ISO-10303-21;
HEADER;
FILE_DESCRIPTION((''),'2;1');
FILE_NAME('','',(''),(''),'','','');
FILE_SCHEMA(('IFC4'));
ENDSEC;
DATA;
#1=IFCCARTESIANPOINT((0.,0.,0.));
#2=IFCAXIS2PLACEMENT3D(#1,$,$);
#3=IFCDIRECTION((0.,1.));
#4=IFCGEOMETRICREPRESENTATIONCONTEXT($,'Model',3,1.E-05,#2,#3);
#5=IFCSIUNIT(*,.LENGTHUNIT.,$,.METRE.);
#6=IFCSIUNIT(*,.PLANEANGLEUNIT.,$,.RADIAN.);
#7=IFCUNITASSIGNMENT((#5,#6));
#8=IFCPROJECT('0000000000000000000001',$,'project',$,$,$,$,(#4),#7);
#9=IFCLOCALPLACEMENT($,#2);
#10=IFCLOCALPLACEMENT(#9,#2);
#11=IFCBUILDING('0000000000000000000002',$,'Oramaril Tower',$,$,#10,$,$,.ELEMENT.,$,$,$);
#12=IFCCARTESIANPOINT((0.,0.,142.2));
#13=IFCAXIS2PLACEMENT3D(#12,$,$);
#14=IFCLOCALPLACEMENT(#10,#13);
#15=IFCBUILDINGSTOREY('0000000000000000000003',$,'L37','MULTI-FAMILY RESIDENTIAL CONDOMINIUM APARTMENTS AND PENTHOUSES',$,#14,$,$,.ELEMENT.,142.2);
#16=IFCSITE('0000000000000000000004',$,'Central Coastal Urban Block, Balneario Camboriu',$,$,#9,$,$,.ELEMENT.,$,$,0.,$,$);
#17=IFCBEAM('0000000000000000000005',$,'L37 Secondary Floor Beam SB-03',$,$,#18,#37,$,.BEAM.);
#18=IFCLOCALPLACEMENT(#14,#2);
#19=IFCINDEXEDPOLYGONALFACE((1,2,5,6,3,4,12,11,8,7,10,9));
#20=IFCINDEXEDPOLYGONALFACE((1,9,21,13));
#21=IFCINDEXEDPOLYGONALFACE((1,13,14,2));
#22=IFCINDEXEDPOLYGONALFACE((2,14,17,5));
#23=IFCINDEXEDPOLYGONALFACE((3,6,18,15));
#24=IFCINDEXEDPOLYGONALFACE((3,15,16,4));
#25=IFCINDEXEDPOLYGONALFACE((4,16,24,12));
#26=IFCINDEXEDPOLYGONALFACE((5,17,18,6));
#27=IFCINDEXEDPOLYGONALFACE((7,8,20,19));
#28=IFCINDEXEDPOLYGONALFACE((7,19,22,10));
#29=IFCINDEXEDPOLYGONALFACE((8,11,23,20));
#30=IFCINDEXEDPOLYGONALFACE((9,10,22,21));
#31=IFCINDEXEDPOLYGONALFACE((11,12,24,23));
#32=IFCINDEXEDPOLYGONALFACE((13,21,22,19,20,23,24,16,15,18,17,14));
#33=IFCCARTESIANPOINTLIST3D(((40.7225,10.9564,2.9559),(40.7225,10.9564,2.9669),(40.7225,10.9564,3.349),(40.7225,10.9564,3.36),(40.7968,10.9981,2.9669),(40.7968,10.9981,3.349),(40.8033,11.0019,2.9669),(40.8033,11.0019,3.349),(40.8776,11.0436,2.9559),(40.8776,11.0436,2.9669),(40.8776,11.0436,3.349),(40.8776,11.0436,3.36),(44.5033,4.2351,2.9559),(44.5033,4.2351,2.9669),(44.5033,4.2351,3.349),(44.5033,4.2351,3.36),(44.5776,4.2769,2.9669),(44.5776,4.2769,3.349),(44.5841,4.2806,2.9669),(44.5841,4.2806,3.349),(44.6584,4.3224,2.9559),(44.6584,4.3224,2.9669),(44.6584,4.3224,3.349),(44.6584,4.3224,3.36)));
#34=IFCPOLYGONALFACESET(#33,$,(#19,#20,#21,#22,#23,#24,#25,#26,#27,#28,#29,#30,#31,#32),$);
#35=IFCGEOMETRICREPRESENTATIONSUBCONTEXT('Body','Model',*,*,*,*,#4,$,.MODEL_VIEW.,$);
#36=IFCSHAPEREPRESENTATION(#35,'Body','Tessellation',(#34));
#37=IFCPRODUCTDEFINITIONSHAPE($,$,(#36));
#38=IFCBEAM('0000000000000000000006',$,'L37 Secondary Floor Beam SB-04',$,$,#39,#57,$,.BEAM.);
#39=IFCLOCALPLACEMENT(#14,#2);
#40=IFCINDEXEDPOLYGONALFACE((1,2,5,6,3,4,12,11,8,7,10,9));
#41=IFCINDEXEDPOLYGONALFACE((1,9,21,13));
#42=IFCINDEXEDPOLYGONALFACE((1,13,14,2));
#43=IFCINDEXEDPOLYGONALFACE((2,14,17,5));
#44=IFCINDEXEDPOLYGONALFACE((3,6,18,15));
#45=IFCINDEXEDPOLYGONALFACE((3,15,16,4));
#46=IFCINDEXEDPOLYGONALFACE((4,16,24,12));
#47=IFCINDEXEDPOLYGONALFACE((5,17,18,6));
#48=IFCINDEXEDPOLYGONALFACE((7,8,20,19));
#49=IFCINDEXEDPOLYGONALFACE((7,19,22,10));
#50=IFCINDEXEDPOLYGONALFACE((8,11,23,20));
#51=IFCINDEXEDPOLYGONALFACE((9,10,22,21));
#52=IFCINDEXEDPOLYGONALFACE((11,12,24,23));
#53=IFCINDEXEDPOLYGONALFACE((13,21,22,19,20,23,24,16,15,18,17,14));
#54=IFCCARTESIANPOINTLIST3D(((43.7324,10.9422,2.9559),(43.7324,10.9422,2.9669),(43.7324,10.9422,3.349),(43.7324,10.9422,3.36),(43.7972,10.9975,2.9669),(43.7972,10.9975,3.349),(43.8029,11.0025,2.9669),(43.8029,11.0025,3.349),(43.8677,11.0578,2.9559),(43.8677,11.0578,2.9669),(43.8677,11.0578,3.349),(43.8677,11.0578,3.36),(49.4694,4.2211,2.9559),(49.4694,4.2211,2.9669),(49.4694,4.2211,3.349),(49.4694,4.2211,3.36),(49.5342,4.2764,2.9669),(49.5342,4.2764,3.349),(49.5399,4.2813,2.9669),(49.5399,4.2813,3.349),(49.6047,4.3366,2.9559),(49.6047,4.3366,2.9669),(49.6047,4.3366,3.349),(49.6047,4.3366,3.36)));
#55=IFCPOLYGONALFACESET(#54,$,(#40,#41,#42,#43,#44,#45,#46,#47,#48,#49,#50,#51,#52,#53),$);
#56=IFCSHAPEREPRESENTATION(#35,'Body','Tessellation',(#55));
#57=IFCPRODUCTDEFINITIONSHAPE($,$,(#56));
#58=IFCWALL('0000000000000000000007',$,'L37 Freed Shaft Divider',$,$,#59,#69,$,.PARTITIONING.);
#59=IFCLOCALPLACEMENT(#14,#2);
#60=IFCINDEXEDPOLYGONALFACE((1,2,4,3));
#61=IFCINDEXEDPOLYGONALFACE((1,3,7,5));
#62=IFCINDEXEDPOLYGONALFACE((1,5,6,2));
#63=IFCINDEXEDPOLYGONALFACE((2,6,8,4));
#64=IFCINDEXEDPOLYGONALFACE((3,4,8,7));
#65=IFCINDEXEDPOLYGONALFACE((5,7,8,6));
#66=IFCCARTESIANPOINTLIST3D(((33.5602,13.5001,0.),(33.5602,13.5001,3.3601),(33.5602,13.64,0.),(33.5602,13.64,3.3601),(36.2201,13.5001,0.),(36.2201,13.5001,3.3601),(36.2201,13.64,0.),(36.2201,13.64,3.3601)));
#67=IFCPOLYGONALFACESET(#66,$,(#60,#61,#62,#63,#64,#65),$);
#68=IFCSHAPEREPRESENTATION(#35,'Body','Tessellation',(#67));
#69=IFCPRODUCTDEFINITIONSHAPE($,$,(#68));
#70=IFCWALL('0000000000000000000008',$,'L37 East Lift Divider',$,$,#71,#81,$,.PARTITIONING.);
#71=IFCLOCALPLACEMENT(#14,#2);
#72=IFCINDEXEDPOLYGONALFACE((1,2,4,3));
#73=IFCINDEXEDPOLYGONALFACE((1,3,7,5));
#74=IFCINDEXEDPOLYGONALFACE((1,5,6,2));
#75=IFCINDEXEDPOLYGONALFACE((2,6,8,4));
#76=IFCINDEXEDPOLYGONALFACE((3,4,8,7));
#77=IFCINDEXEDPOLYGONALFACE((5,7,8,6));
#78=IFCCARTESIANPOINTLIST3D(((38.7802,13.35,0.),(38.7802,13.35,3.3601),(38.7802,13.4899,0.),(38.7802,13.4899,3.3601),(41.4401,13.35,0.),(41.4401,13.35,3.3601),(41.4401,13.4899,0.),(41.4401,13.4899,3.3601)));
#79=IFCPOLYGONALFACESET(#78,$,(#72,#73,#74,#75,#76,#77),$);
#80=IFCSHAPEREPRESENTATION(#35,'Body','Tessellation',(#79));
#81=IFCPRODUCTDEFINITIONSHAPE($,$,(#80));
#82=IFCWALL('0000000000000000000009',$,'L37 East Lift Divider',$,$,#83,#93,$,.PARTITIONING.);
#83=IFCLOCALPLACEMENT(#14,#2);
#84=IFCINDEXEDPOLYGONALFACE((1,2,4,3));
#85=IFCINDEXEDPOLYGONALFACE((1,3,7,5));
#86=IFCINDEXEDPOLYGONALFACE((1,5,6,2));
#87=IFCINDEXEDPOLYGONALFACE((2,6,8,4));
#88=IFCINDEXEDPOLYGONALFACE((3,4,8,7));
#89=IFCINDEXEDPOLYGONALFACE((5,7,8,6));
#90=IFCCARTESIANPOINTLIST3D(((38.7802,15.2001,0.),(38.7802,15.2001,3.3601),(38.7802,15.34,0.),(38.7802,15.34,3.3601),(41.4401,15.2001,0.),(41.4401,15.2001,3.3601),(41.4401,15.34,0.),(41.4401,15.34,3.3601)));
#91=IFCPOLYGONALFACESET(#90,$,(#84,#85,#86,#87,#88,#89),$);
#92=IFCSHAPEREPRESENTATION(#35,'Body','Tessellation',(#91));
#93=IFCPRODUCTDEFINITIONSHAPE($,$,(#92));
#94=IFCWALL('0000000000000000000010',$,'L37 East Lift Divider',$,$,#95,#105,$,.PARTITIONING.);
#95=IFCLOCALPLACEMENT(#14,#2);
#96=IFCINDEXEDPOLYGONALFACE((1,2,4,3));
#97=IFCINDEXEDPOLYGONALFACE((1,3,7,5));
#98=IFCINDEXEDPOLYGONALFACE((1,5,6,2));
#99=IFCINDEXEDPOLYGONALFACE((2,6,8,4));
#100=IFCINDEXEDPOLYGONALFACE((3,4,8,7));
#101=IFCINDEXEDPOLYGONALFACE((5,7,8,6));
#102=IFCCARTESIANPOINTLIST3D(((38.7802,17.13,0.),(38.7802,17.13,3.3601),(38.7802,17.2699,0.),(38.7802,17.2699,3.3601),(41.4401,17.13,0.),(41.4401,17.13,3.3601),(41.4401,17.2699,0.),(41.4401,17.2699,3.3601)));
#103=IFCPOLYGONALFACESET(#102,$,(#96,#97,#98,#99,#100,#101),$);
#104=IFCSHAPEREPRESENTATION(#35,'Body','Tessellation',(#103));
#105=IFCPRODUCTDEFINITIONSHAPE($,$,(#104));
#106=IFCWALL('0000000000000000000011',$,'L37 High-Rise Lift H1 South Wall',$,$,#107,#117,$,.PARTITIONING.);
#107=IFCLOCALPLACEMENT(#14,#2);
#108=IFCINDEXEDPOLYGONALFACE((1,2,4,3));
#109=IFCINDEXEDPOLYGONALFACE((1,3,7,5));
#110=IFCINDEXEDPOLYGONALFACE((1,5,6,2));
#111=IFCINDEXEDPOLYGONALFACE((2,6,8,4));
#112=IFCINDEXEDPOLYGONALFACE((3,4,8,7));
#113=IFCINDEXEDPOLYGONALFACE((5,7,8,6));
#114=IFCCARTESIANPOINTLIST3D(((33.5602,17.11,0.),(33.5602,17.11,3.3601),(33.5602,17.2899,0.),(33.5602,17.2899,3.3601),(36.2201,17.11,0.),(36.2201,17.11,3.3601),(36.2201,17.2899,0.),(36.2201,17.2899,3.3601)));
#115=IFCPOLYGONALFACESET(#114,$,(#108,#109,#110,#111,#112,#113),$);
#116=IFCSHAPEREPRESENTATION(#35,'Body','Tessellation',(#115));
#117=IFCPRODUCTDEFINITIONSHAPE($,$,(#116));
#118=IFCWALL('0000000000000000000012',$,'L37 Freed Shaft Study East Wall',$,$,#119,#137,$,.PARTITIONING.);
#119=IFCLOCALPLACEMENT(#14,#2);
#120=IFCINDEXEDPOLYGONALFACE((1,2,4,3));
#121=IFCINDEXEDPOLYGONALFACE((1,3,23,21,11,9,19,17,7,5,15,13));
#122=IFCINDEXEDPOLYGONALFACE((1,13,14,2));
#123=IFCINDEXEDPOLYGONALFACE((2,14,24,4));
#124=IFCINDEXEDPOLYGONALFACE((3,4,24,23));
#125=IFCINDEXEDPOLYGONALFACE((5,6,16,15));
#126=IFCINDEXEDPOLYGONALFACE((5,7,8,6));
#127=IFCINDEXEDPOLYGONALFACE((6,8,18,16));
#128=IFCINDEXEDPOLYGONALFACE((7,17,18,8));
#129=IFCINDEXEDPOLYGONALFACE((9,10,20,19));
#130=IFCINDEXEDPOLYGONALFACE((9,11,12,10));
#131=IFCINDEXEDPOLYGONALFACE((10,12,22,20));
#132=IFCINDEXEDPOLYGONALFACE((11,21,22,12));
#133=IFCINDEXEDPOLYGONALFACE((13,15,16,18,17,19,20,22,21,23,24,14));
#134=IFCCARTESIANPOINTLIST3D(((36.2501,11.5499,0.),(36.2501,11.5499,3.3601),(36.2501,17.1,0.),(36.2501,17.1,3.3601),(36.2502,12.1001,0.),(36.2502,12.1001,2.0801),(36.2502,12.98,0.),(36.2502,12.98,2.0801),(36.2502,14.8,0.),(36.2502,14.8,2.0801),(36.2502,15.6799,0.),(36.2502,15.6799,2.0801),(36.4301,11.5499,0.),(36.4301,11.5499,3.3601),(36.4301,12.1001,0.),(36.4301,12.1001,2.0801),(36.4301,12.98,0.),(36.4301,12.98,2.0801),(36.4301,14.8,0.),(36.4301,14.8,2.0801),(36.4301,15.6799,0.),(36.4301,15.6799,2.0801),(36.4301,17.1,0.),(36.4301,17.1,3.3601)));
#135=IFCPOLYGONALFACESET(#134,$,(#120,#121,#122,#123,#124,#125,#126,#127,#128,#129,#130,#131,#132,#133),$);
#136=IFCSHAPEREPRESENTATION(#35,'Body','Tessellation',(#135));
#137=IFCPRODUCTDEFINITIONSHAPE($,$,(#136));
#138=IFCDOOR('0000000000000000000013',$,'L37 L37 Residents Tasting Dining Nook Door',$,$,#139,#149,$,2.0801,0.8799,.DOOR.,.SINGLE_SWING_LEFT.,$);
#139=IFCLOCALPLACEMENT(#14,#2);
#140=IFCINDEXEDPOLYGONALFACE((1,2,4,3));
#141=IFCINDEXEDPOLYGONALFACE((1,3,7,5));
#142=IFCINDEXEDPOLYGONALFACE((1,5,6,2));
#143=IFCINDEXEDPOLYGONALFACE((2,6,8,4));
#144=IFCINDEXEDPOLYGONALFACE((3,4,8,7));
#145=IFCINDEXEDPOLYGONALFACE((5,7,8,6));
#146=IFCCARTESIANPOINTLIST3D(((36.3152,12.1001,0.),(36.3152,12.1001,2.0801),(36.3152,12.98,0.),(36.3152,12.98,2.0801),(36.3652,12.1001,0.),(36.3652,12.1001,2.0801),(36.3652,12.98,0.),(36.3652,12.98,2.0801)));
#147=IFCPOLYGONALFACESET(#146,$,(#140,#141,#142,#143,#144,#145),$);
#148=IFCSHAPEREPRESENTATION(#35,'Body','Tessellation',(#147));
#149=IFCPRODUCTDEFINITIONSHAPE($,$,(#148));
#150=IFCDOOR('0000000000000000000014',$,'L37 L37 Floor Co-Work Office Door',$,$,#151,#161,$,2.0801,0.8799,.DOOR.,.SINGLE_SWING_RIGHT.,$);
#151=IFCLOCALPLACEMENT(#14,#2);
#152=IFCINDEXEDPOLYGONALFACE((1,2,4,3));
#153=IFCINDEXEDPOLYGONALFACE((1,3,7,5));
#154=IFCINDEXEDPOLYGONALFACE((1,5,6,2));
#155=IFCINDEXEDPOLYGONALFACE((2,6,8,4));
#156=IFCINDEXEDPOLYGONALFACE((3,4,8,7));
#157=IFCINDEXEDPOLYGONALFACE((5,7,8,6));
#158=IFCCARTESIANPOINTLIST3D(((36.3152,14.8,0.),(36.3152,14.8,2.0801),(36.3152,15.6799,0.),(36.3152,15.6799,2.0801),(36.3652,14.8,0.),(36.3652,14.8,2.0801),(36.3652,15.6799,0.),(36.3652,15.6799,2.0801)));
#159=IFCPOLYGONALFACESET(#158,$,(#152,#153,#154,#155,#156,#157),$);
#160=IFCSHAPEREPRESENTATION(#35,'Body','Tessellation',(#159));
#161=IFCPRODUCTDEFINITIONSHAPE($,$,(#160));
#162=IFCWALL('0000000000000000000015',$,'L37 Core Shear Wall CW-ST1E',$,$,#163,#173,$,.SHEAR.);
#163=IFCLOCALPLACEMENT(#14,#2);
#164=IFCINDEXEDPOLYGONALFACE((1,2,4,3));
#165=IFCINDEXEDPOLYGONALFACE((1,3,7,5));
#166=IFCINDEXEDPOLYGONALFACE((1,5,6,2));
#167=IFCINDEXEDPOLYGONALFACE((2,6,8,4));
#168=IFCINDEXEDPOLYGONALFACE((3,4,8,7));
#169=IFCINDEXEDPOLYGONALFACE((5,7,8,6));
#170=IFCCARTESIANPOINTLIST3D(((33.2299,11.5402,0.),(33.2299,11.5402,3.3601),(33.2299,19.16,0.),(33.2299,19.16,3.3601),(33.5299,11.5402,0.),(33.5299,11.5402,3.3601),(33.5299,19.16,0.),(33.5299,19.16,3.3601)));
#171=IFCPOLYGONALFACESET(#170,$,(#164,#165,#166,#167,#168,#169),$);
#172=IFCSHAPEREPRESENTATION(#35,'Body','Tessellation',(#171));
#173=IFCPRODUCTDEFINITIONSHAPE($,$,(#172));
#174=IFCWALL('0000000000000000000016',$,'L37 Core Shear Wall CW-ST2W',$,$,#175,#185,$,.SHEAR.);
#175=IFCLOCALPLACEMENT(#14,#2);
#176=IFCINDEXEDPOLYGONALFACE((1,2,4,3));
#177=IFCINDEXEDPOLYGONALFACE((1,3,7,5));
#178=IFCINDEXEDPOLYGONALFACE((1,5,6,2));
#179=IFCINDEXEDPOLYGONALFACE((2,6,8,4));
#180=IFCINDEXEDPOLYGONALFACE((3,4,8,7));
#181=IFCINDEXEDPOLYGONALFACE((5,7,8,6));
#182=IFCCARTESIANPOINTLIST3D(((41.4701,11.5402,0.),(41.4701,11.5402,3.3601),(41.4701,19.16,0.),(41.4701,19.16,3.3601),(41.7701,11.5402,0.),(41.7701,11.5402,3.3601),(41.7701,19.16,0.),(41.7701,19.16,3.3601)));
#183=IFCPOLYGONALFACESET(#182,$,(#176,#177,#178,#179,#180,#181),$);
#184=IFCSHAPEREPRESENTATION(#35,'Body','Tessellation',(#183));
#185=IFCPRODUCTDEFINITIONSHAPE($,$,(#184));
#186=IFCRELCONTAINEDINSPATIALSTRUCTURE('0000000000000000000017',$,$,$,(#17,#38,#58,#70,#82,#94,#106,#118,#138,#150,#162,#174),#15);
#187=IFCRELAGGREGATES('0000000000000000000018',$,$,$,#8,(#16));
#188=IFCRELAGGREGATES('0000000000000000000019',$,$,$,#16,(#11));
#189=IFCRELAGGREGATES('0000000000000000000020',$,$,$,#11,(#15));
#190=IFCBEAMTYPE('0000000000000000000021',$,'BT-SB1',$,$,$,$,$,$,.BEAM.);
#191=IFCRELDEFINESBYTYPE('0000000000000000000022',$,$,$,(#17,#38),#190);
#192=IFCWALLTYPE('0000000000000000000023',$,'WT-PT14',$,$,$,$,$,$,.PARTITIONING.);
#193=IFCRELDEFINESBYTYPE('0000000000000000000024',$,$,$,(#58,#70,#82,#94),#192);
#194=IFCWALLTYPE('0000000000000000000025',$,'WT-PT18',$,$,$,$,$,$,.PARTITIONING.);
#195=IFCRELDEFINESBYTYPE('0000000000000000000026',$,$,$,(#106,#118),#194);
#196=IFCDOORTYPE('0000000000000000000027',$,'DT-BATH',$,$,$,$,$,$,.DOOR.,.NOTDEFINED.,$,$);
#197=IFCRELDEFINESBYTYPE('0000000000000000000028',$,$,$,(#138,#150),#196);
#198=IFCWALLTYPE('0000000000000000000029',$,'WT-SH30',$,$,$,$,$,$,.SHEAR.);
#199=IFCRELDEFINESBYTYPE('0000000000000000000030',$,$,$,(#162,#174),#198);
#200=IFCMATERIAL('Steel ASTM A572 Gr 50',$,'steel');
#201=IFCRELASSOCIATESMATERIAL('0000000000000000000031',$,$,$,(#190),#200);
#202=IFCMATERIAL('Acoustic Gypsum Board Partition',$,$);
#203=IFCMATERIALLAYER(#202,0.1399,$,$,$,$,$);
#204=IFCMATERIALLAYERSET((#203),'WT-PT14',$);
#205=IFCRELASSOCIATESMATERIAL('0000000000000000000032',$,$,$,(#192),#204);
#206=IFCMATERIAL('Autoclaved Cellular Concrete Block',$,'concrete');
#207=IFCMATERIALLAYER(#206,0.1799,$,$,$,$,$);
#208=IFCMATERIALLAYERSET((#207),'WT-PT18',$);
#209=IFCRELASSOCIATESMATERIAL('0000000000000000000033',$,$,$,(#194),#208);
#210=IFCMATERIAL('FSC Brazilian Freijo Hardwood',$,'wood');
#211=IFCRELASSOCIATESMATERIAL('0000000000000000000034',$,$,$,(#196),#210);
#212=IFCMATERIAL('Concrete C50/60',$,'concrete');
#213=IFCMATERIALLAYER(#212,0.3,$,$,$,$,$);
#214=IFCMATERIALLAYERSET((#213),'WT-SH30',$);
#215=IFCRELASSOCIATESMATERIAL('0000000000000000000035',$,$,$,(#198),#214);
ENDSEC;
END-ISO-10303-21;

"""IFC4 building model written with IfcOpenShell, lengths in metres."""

from ifc_helpers import new_model, si_unit, direction, frame, frame_2d, origin, origin_2d, place, context, subcontext, project, spatial, rectangle, i_section, extrude, material, layer, layer_set, material_profile, profile_set, type_object, element, fill, save


model = new_model("IFC4")

# Units and contexts
model_context = context("Model", 3, precision=1e-05, world=origin(), true_north=direction((0.0, 1.0)))
body_context = subcontext(model_context, "Body", "Model", "MODEL_VIEW")
ifc_project = project(units=[si_unit("LENGTHUNIT", "METRE"), si_unit("PLANEANGLEUNIT", "RADIAN")], contexts=[model_context])

# Site, building, storey
site_placement = place(None, origin())
site = spatial("IfcSite", under=ifc_project, at=site_placement, Name="Central Coastal Urban Block, Balneario Camboriu", CompositionType="ELEMENT", RefElevation=0.0)
building_placement = place(site_placement, origin())
building = spatial("IfcBuilding", under=site, at=building_placement, Name="Oramaril Tower", CompositionType="ELEMENT")
storey_placement = place(building_placement, frame((0.0, 0.0, 142.2)))
storey = spatial("IfcBuildingStorey", under=building, at=storey_placement, Name="L37", Description="MULTI-FAMILY RESIDENTIAL CONDOMINIUM APARTMENTS AND PENTHOUSES", CompositionType="ELEMENT", Elevation=142.2)

# Beams
ifc_material_1 = material(Name="Steel ASTM A572 Gr 50", Category="steel")
ifc_material_profile = material_profile(ifc_material_1, i_section(OverallWidth=0.178, OverallDepth=0.4041, WebThickness=0.0076, FlangeThickness=0.011, at=origin_2d()), Name="W16X36")
ifc_profile_set = profile_set([ifc_material_profile], Name="Steel ASTM A572 Gr 50")
beam_type = type_object("IfcBeamType", Name="BT-SB1", PredefinedType="BEAM", material=ifc_profile_set)
beam_1_placement = place(storey_placement, frame((40.8, 11.0, 3.158), z_axis=(0.49027, -0.87157, 0.0), x_axis=(0.87157, 0.49027, 0.0)))
element("IfcBeam", 1, at=beam_1_placement, inside=storey, type_object=beam_type, Name="L37 Secondary Floor Beam SB-03", PredefinedType="BEAM", context=body_context, shape_type="SweptSolid", body=[
    extrude(i_section(OverallWidth=0.178, OverallDepth=0.4041, WebThickness=0.0076, FlangeThickness=0.011, at=origin_2d()), origin(), (0.0, 0.0, 1.0), 7.7117),
])
beam_2_placement = place(storey_placement, frame((43.8, 11.0, 3.158), z_axis=(0.649227, -0.760595, 0.0), x_axis=(0.760595, 0.649227, 0.0)))
element("IfcBeam", 2, at=beam_2_placement, inside=storey, type_object=beam_type, Name="L37 Secondary Floor Beam SB-04", PredefinedType="BEAM", context=body_context, shape_type="SweptSolid", body=[
    extrude(i_section(OverallWidth=0.178, OverallDepth=0.4041, WebThickness=0.0076, FlangeThickness=0.011, at=origin_2d()), origin(), (0.0, 0.0, 1.0), 8.8367),
])

# Walls
ifc_material_2 = material(Name="Acoustic Gypsum Board Partition")
ifc_layer_1 = layer(ifc_material_2, 0.1399)
ifc_layer_set_1 = layer_set([ifc_layer_1], Name="WT-PT14")
wall_type_1 = type_object("IfcWallType", Name="WT-PT14", PredefinedType="PARTITIONING", material=ifc_layer_set_1)
for number, where, z_axis, x_axis, name in (
    (3, (33.5601, 13.5701, 0.0), (0.0, 0.0, 1.0), (1.0, 0.0, 0.0), "L37 Freed Shaft Divider"),
    (4, (38.78, 13.4199, 0.0), (0.0, 0.0, 1.0), (1.0, 0.0, 0.0), "L37 East Lift Divider"),
    (5, (38.78, 15.27, 0.0), (0.0, 0.0, 1.0), (1.0, 0.0, 0.0), "L37 East Lift Divider"),
    (6, (38.78, 17.2, 0.0), (0.0, 0.0, 1.0), (1.0, 0.0, 0.0), "L37 East Lift Divider"),
):
    element("IfcWall", number, at=place(storey_placement, frame(where, z_axis=z_axis, x_axis=x_axis)), inside=storey, type_object=wall_type_1, Name=name, PredefinedType="PARTITIONING", context=body_context, shape_type="SweptSolid", body=[
        extrude(rectangle(XDim=2.6599, YDim=0.1399, at=frame_2d((1.3301, 0.0))), origin(), (0.0, 0.0, 1.0), 3.3601),
    ])
ifc_material_3 = material(Name="Autoclaved Cellular Concrete Block", Category="concrete")
ifc_layer_2 = layer(ifc_material_3, 0.1799)
ifc_layer_set_2 = layer_set([ifc_layer_2], Name="WT-PT18")
wall_type_2 = type_object("IfcWallType", Name="WT-PT18", PredefinedType="PARTITIONING", material=ifc_layer_set_2)
wall_1_placement = place(storey_placement, frame((33.5601, 17.2, 0.0), z_axis=(0.0, 0.0, 1.0), x_axis=(1.0, 0.0, 0.0)))
element("IfcWall", 7, at=wall_1_placement, inside=storey, type_object=wall_type_2, Name="L37 High-Rise Lift H1 South Wall", PredefinedType="PARTITIONING", context=body_context, shape_type="SweptSolid", body=[
    extrude(rectangle(XDim=2.6599, YDim=0.1799, at=frame_2d((1.3301, 0.0))), origin(), (0.0, 0.0, 1.0), 3.3601),
])

# Wall, openings, doors
wall_2_placement = place(storey_placement, frame((36.3401, 11.55, 0.0), z_axis=(0.0, 0.0, 1.0), x_axis=(0.0, 1.0, 0.0)))
wall_2 = element("IfcWall", 8, at=wall_2_placement, inside=storey, type_object=wall_type_2, Name="L37 Freed Shaft Study East Wall", PredefinedType="PARTITIONING", context=body_context, shape_type="SweptSolid", body=[
    extrude(rectangle(XDim=5.55, YDim=0.1799, at=frame_2d((2.7749, 0.0))), origin(), (0.0, 0.0, 1.0), 3.3601),
])
opening_1_placement = place(wall_2_placement, frame((0.55, 0.0, 0.0)))
opening_1 = element("IfcOpeningElement", 9, at=opening_1_placement, cuts=wall_2, PredefinedType="OPENING", context=body_context, shape_type="SweptSolid", body=[
    extrude(rectangle(XDim=0.8799, YDim=2.0801, at=frame_2d((0.4399, 1.04))), frame((0.0, 0.0898, 0.0), z_axis=(0.0, -1.0, 0.0), x_axis=(1.0, 0.0, 0.0)), (0.0, 0.0, 1.0), 0.1799),
])
opening_2_placement = place(wall_2_placement, frame((3.25, 0.0, 0.0)))
opening_2 = element("IfcOpeningElement", 10, at=opening_2_placement, cuts=wall_2, PredefinedType="OPENING", context=body_context, shape_type="SweptSolid", body=[
    extrude(rectangle(XDim=0.8799, YDim=2.0801, at=frame_2d((0.4399, 1.04))), frame((0.0, 0.0898, 0.0), z_axis=(0.0, -1.0, 0.0), x_axis=(1.0, 0.0, 0.0)), (0.0, 0.0, 1.0), 0.1799),
])
ifc_material_4 = material(Name="FSC Brazilian Freijo Hardwood", Category="wood")
door_type_1 = type_object("IfcDoorType", Name="DT-BATH", OperationType="NOTDEFINED", PredefinedType="DOOR", material=ifc_material_4)
door_1_placement = place(opening_1_placement, origin())
door_1 = element("IfcDoor", 11, at=door_1_placement, inside=storey, type_object=door_type_1, Name="L37 L37 Residents Tasting Dining Nook Door", OperationType="SINGLE_SWING_LEFT", OverallHeight=2.0801, OverallWidth=0.8799, PredefinedType="DOOR", context=body_context, shape_type="SweptSolid", body=[
    extrude(rectangle(XDim=0.8799, YDim=2.0801, at=frame_2d((0.4399, 1.04))), frame((0.0, 0.0249, 0.0), z_axis=(0.0, -1.0, 0.0), x_axis=(1.0, 0.0, 0.0)), (0.0, 0.0, 1.0), 0.05),
])
fill(opening_1, door_1)
door_2_placement = place(opening_2_placement, origin())
door_2 = element("IfcDoor", 12, at=door_2_placement, inside=storey, type_object=door_type_1, Name="L37 L37 Floor Co-Work Office Door", OperationType="SINGLE_SWING_RIGHT", OverallHeight=2.0801, OverallWidth=0.8799, PredefinedType="DOOR", context=body_context, shape_type="SweptSolid", body=[
    extrude(rectangle(XDim=0.8799, YDim=2.0801, at=frame_2d((0.4399, 1.04))), frame((0.0, 0.0249, 0.0), z_axis=(0.0, -1.0, 0.0), x_axis=(1.0, 0.0, 0.0)), (0.0, 0.0, 1.0), 0.05),
])
fill(opening_2, door_2)

# Walls
ifc_material_5 = material(Name="Concrete C50/60", Category="concrete")
ifc_layer_3 = layer(ifc_material_5, 0.3)
ifc_layer_set_3 = layer_set([ifc_layer_3], Name="WT-SH30")
wall_type_3 = type_object("IfcWallType", Name="WT-SH30", PredefinedType="SHEAR", material=ifc_layer_set_3)
for number, where, z_axis, x_axis, name in (
    (13, (33.3799, 11.54, 0.0), (0.0, 0.0, 1.0), (0.0, 1.0, 0.0), "L37 Core Shear Wall CW-ST1E"),
    (14, (41.6201, 11.54, 0.0), (0.0, 0.0, 1.0), (0.0, 1.0, 0.0), "L37 Core Shear Wall CW-ST2W"),
):
    element("IfcWall", number, at=place(storey_placement, frame(where, z_axis=z_axis, x_axis=x_axis)), inside=storey, type_object=wall_type_3, Name=name, PredefinedType="SHEAR", context=body_context, shape_type="SweptSolid", body=[
        extrude(rectangle(XDim=7.6199, YDim=0.3, at=frame_2d((3.8101, 0.0))), origin(), (0.0, 0.0, 1.0), 3.3601),
    ])

save(model, "model.ifc")
